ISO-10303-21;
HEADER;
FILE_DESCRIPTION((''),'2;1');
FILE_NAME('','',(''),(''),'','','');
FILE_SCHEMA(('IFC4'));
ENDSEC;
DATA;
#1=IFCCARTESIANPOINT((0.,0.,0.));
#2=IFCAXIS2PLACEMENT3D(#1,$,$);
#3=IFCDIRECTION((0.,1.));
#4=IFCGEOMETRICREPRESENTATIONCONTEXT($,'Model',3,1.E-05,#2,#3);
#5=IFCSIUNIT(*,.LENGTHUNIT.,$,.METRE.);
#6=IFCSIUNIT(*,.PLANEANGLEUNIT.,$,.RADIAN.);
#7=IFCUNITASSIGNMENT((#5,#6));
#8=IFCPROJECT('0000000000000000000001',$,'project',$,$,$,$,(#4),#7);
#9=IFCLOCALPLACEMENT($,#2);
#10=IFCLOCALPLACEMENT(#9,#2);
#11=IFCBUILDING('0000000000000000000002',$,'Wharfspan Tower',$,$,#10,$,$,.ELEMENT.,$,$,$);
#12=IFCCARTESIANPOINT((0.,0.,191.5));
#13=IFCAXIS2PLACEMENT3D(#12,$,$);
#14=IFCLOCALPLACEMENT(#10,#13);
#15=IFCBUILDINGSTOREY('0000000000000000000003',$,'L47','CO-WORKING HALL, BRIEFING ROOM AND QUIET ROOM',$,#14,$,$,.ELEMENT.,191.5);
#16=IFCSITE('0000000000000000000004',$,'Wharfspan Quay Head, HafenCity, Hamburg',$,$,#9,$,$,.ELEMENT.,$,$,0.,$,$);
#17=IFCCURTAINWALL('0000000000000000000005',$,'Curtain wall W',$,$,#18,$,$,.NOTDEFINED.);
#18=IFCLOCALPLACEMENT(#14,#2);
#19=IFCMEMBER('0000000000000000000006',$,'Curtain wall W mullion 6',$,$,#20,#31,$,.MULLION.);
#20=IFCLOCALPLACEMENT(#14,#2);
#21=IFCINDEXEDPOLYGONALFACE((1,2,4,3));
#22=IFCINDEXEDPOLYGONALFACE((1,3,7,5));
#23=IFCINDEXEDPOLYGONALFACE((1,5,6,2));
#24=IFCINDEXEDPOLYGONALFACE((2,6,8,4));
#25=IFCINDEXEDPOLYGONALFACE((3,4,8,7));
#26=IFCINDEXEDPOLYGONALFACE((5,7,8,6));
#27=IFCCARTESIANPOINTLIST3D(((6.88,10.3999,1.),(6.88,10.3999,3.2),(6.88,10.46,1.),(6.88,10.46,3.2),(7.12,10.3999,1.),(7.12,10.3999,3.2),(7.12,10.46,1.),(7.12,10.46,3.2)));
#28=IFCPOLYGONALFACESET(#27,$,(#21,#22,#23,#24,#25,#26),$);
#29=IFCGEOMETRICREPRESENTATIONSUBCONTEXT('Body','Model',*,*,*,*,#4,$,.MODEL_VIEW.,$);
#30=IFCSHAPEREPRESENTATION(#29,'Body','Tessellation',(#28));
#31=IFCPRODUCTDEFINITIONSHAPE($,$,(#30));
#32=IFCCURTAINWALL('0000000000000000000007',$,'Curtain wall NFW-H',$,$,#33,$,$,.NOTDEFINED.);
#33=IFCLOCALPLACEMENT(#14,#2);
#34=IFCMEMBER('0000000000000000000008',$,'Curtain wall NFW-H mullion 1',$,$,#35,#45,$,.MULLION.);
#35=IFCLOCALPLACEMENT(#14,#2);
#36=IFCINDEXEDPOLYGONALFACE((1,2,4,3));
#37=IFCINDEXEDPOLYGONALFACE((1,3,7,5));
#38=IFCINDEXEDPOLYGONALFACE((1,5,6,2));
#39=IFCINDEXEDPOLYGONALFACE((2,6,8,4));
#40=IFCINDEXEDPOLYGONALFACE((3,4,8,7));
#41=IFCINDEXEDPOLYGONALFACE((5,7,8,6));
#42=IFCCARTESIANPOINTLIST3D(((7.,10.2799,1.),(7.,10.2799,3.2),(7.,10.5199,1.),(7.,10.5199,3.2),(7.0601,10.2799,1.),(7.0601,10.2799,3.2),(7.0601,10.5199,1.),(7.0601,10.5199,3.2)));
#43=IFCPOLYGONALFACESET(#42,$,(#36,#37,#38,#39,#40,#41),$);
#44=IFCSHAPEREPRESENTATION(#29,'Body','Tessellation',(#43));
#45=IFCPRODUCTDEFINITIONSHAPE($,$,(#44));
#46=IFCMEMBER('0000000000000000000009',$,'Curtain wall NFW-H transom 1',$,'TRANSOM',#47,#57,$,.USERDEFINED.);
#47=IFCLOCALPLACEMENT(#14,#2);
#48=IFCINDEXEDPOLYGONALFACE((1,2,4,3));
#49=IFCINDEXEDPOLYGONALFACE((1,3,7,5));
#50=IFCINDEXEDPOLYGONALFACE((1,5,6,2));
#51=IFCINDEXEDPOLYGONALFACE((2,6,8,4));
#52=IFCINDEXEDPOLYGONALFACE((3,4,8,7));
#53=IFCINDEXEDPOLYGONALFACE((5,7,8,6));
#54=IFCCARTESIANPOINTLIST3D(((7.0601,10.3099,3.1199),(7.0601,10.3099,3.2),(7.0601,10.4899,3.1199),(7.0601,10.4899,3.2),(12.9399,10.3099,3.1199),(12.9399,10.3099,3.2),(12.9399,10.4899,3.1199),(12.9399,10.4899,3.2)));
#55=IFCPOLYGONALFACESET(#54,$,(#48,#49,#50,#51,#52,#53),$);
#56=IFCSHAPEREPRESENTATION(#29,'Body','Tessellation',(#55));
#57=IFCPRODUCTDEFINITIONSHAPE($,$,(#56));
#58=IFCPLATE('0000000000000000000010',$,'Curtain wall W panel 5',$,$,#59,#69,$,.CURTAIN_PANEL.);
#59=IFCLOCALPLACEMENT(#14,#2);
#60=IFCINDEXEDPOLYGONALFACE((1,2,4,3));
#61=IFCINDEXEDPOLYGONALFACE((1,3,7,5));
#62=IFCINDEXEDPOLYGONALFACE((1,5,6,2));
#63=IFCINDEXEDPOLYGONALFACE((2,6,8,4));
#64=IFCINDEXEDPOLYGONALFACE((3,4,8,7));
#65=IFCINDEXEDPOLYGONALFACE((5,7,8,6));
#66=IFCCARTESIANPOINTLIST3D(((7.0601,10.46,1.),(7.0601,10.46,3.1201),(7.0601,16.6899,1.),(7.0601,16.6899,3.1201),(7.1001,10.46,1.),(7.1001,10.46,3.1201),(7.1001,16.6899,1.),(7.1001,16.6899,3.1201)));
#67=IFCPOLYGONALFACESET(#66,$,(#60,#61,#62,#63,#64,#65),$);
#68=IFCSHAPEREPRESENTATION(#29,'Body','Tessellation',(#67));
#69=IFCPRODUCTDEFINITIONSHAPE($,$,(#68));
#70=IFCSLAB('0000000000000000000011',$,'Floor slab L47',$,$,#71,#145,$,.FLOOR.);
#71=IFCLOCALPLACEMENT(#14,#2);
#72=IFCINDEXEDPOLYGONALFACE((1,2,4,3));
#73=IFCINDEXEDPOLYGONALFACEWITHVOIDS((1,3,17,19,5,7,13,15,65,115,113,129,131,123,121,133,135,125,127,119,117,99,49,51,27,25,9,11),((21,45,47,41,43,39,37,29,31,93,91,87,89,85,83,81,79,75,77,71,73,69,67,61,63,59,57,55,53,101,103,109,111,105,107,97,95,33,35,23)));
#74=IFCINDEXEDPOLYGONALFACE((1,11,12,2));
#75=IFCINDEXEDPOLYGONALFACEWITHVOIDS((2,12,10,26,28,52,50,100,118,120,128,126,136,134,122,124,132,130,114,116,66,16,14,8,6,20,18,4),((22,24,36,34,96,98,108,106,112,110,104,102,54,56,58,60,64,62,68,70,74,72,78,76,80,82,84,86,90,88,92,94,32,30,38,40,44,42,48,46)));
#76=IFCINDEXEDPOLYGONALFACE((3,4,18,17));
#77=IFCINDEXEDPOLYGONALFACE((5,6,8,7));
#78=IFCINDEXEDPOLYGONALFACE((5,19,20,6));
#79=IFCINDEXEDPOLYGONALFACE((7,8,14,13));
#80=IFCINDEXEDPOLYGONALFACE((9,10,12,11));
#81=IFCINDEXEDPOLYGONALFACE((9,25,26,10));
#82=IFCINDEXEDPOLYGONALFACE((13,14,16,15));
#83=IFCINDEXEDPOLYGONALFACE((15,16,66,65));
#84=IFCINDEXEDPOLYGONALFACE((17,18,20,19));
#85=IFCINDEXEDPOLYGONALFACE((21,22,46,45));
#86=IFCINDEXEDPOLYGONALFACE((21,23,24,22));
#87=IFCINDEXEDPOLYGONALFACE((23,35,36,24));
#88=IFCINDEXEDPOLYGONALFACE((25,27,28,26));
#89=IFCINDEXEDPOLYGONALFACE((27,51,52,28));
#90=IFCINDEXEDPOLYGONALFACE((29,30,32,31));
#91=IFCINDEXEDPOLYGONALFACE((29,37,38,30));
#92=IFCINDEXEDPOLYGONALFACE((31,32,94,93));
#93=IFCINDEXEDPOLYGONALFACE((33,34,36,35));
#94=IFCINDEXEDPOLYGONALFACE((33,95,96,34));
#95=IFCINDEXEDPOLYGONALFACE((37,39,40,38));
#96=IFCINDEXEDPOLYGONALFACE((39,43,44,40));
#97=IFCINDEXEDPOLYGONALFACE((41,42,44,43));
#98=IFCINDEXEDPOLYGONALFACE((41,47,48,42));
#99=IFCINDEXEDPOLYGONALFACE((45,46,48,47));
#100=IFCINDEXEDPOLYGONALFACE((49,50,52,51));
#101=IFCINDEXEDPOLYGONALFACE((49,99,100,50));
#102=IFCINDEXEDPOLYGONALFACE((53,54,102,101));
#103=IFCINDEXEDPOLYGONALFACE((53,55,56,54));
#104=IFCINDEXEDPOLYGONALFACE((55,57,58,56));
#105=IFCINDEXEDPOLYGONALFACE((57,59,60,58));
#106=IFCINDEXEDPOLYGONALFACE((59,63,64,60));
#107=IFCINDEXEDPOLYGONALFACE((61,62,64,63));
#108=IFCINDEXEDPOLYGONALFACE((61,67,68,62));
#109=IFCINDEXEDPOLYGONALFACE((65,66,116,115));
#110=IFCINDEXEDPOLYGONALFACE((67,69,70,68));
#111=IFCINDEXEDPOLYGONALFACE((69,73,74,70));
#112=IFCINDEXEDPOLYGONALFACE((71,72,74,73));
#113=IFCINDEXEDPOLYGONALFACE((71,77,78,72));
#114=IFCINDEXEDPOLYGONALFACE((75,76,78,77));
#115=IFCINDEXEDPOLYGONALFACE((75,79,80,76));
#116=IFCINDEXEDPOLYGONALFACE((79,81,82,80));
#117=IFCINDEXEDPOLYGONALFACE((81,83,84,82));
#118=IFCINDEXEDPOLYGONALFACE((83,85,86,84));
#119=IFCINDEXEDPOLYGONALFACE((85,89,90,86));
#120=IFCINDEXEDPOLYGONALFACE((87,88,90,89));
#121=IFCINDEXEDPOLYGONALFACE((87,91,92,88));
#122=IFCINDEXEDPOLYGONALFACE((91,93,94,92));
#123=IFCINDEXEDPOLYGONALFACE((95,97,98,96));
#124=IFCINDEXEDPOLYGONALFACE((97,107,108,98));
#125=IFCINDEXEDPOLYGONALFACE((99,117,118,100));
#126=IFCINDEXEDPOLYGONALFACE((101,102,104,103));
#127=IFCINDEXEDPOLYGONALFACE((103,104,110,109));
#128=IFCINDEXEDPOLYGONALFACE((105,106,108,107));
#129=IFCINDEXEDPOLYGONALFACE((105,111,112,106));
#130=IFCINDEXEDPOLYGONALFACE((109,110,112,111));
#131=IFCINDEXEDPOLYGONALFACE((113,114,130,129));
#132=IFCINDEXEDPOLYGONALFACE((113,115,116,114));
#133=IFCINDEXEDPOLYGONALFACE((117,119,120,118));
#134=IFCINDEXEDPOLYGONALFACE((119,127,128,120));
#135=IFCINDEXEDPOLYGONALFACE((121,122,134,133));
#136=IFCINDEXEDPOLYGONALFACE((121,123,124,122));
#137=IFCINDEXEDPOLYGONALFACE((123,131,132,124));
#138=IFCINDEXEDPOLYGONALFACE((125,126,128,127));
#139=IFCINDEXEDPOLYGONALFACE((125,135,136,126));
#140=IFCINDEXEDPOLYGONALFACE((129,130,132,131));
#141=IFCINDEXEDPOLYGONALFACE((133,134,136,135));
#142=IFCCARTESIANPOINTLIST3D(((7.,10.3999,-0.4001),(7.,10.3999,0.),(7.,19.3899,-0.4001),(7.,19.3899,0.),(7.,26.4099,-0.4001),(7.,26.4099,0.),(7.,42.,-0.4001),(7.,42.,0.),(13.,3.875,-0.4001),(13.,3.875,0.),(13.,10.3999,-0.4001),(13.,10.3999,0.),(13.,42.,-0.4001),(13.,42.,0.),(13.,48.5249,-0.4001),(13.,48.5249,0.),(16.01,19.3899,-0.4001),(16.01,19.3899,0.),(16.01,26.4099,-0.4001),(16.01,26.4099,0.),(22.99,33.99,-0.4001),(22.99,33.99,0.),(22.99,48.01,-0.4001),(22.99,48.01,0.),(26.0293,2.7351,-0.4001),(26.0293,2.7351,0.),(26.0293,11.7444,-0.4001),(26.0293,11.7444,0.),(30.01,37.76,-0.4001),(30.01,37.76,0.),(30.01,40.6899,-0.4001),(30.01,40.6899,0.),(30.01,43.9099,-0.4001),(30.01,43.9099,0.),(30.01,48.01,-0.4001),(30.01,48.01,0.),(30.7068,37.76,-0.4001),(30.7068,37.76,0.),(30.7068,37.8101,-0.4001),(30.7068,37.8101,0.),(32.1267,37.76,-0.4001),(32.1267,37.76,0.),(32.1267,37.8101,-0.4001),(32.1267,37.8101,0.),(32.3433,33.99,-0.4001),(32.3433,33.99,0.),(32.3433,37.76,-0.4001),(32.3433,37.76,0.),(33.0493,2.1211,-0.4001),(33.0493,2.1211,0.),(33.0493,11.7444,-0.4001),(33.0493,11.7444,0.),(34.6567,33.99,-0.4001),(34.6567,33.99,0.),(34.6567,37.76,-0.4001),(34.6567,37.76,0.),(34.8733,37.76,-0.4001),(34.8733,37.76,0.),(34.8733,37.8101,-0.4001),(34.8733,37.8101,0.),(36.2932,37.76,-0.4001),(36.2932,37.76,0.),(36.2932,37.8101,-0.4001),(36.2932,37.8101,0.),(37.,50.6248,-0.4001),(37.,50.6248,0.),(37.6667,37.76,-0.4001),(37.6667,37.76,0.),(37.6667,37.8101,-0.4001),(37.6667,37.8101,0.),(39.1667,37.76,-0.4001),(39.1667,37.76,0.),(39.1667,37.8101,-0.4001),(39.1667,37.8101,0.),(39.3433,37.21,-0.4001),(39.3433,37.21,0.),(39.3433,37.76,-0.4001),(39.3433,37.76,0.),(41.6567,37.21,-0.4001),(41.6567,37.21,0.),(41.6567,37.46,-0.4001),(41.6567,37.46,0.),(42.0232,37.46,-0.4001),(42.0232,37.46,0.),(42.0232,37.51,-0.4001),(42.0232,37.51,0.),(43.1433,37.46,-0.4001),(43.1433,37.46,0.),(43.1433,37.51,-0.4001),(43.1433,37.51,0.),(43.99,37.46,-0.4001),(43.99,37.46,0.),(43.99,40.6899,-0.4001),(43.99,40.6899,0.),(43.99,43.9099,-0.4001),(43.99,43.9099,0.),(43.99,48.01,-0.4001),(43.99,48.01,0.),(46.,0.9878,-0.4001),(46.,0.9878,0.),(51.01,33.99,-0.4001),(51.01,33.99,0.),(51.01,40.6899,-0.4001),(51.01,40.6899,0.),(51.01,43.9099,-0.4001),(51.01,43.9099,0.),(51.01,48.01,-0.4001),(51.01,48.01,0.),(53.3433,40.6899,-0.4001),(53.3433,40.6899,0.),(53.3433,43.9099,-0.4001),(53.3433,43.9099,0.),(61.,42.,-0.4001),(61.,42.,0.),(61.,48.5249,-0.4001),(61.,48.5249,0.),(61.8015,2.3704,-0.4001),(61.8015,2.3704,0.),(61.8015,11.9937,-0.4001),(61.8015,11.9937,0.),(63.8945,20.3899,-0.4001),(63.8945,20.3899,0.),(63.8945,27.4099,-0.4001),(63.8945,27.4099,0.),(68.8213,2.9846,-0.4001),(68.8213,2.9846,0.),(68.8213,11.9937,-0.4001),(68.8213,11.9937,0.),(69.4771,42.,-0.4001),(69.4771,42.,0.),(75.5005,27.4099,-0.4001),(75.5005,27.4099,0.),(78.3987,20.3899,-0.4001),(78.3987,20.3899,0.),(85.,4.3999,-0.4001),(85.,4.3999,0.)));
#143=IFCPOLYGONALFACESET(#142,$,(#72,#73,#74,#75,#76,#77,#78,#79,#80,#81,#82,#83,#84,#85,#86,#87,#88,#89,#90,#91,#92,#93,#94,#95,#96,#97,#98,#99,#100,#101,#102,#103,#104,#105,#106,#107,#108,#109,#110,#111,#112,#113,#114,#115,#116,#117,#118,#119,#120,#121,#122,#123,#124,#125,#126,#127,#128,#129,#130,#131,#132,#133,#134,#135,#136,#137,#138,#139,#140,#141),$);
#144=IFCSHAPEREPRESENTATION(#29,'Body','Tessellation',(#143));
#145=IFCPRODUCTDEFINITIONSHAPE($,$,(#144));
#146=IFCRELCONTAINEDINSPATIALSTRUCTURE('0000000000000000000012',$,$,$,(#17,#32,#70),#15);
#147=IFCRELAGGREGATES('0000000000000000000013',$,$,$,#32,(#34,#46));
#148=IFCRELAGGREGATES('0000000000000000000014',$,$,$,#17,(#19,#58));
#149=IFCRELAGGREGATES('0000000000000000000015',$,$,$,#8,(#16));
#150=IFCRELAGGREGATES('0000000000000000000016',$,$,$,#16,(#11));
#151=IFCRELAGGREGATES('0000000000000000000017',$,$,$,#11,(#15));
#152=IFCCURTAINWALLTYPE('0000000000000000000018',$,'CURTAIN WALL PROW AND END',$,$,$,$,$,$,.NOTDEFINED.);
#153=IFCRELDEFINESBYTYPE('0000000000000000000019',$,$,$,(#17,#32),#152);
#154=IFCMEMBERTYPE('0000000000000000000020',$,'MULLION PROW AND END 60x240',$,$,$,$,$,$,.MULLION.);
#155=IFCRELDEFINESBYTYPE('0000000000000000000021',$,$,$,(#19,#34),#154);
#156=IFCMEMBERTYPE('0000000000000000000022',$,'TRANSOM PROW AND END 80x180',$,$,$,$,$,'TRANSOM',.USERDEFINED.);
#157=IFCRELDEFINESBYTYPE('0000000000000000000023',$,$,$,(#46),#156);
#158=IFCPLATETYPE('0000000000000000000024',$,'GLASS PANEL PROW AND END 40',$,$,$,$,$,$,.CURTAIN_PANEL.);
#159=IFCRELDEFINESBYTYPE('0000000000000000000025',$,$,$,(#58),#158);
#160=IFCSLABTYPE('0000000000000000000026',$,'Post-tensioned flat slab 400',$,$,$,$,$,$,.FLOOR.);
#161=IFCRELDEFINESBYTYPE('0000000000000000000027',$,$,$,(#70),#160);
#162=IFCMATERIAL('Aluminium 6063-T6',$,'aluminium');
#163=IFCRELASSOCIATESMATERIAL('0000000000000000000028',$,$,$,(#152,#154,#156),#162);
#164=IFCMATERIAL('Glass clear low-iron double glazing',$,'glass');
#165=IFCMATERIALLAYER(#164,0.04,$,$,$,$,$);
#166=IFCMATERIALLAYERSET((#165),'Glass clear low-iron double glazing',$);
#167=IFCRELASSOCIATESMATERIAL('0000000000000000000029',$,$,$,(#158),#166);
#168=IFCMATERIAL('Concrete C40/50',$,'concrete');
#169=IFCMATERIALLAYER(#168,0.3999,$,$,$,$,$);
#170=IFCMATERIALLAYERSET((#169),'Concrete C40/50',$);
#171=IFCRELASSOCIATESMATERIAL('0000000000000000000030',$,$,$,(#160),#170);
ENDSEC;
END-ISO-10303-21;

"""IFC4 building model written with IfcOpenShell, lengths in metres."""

from ifc_helpers import new_model, si_unit, direction, frame, origin, origin_2d, place, context, subcontext, project, spatial, polyline, rectangle, outline, extrude, material, layer, layer_set, material_profile, profile_set, type_object, element, aggregate, save


model = new_model("IFC4")

# Units and contexts
model_context = context("Model", 3, precision=1e-05, world=origin(), true_north=direction((0.0, 1.0)))
body_context = subcontext(model_context, "Body", "Model", "MODEL_VIEW")
ifc_project = project(units=[si_unit("LENGTHUNIT", "METRE"), si_unit("PLANEANGLEUNIT", "RADIAN")], contexts=[model_context])

# Site, building, storey
site_placement = place(None, origin())
site = spatial("IfcSite", under=ifc_project, at=site_placement, Name="Wharfspan Quay Head, HafenCity, Hamburg", CompositionType="ELEMENT", RefElevation=0.0)
building_placement = place(site_placement, origin())
building = spatial("IfcBuilding", under=site, at=building_placement, Name="Wharfspan Tower", CompositionType="ELEMENT")
storey_placement = place(building_placement, frame((0.0, 0.0, 191.5)))
storey = spatial("IfcBuildingStorey", under=building, at=storey_placement, Name="L47", Description="CO-WORKING HALL, BRIEFING ROOM AND QUIET ROOM", CompositionType="ELEMENT", Elevation=191.5)

# Curtain wall, member
ifc_material_1 = material(Name="Aluminium 6063-T6", Category="aluminium")
curtain_wall_type = type_object("IfcCurtainWallType", Name="CURTAIN WALL PROW AND END", PredefinedType="NOTDEFINED", material=ifc_material_1)
curtain_wall_1_placement = place(storey_placement, origin())
curtain_wall_1 = element("IfcCurtainWall", 1, at=curtain_wall_1_placement, inside=storey, type_object=curtain_wall_type, Name="Curtain wall W", PredefinedType="NOTDEFINED")
ifc_material_profile_1 = material_profile(ifc_material_1, rectangle(XDim=0.24, YDim=0.0601, at=origin_2d()))
ifc_profile_set_1 = profile_set([ifc_material_profile_1], Name="Aluminium 6063-T6")
member_type_1 = type_object("IfcMemberType", Name="MULLION PROW AND END 60x240", PredefinedType="MULLION", material=ifc_profile_set_1)
member_1_placement = place(storey_placement, frame((7.0, 10.4299, 1.0), z_axis=(0.0, 0.0, 1.0), x_axis=(1.0, 0.0, 0.0)))
member_1 = element("IfcMember", 2, at=member_1_placement, type_object=member_type_1, Name="Curtain wall W mullion 6", PredefinedType="MULLION", context=body_context, shape_type="SweptSolid", body=[
    extrude(rectangle(XDim=0.24, YDim=0.0601, at=origin_2d()), origin(), (0.0, 0.0, 1.0), 2.2),
])

# Curtain wall, members
curtain_wall_2_placement = place(storey_placement, origin())
curtain_wall_2 = element("IfcCurtainWall", 3, at=curtain_wall_2_placement, inside=storey, type_object=curtain_wall_type, Name="Curtain wall NFW-H", PredefinedType="NOTDEFINED")
member_2_placement = place(storey_placement, frame((7.03, 10.3999, 1.0), z_axis=(0.0, 0.0, 1.0), x_axis=(0.0, 1.0, 0.0)))
member_2 = element("IfcMember", 4, at=member_2_placement, type_object=member_type_1, Name="Curtain wall NFW-H mullion 1", PredefinedType="MULLION", context=body_context, shape_type="SweptSolid", body=[
    extrude(rectangle(XDim=0.24, YDim=0.0601, at=origin_2d()), origin(), (0.0, 0.0, 1.0), 2.2),
])
ifc_material_profile_2 = material_profile(ifc_material_1, rectangle(XDim=0.1799, YDim=0.0801, at=origin_2d()))
ifc_profile_set_2 = profile_set([ifc_material_profile_2], Name="Aluminium 6063-T6")
member_type_2 = type_object("IfcMemberType", Name="TRANSOM PROW AND END 80x180", ElementType="TRANSOM", PredefinedType="USERDEFINED", material=ifc_profile_set_2)
member_3_placement = place(storey_placement, frame((7.0601, 10.3999, 3.1599), z_axis=(1.0, 0.0, 0.0), x_axis=(0.0, 1.0, 0.0)))
member_3 = element("IfcMember", 5, at=member_3_placement, type_object=member_type_2, Name="Curtain wall NFW-H transom 1", ObjectType="TRANSOM", PredefinedType="USERDEFINED", context=body_context, shape_type="SweptSolid", body=[
    extrude(rectangle(XDim=0.1799, YDim=0.0801, at=origin_2d()), origin(), (0.0, 0.0, 1.0), 5.8799),
])
aggregate(curtain_wall_2, [member_2, member_3])

# Plate
ifc_material_2 = material(Name="Glass clear low-iron double glazing", Category="glass")
ifc_layer_1 = layer(ifc_material_2, 0.04)
ifc_layer_set_1 = layer_set([ifc_layer_1], Name="Glass clear low-iron double glazing")
plate_type = type_object("IfcPlateType", Name="GLASS PANEL PROW AND END 40", PredefinedType="CURTAIN_PANEL", material=ifc_layer_set_1)
plate_placement = place(storey_placement, frame((7.0801, 13.575, 1.0), z_axis=(0.0, 0.0, 1.0), x_axis=(0.0, -1.0, 0.0)))
plate = element("IfcPlate", 6, at=plate_placement, type_object=plate_type, Name="Curtain wall W panel 5", PredefinedType="CURTAIN_PANEL", context=body_context, shape_type="SweptSolid", body=[
    extrude(rectangle(XDim=6.23, YDim=0.04, at=origin_2d()), origin(), (0.0, 0.0, 1.0), 2.1201),
])
aggregate(curtain_wall_1, [member_1, plate])

# Slab
ifc_material_3 = material(Name="Concrete C40/50", Category="concrete")
ifc_layer_2 = layer(ifc_material_3, 0.3999)
ifc_layer_set_2 = layer_set([ifc_layer_2], Name="Concrete C40/50")
slab_type_1 = type_object("IfcSlabType", Name="Post-tensioned flat slab 400", PredefinedType="FLOOR", material=ifc_layer_set_2)
slab_1_placement = place(storey_placement, frame((0.0, 0.0, -0.4001)))
element("IfcSlab", 7, at=slab_1_placement, inside=storey, type_object=slab_type_1, Name="Floor slab L47", PredefinedType="FLOOR", context=body_context, shape_type="SweptSolid", body=[
    extrude(outline(polyline([(26.0293, 2.7351), (26.0293, 11.7444), (33.0493, 11.7444), (33.0493, 2.1211), (46.0, 0.9878), (61.8015, 2.3704), (61.8015, 11.9937), (68.8213, 11.9937), (68.8213, 2.9846), (85.0, 4.3999), (78.3987, 20.3899), (63.8945, 20.3899), (63.8945, 27.4099), (75.5005, 27.4099), (69.4771, 42.0), (61.0, 42.0), (61.0, 48.5249), (37.0, 50.6248), (13.0, 48.5249), (13.0, 42.0), (7.0, 42.0), (7.0, 26.4099), (16.01, 26.4099), (16.01, 19.3899), (7.0, 19.3899), (7.0, 10.3999), (13.0, 10.3999), (13.0, 3.875), (26.0293, 2.7351)]), holes=[polyline([(32.1267, 37.76), (32.3433, 37.76), (32.3433, 33.99), (22.99, 33.99), (22.99, 48.01), (30.01, 48.01), (30.01, 43.9099), (43.99, 43.9099), (43.99, 48.01), (51.01, 48.01), (51.01, 43.9099), (53.3433, 43.9099), (53.3433, 40.6899), (51.01, 40.6899), (51.01, 33.99), (34.6567, 33.99), (34.6567, 37.76), (34.8733, 37.76), (34.8733, 37.8101), (36.2932, 37.8101), (36.2932, 37.76), (37.6667, 37.76), (37.6667, 37.8101), (39.1667, 37.8101), (39.1667, 37.76), (39.3433, 37.76), (39.3433, 37.21), (41.6567, 37.21), (41.6567, 37.46), (42.0232, 37.46), (42.0232, 37.51), (43.1433, 37.51), (43.1433, 37.46), (43.99, 37.46), (43.99, 40.6899), (30.01, 40.6899), (30.01, 37.76), (30.7068, 37.76), (30.7068, 37.8101), (32.1267, 37.8101), (32.1267, 37.76)])]), origin(), (0.0, 0.0, 1.0), 0.4001),
])

save(model, "model.ifc")
